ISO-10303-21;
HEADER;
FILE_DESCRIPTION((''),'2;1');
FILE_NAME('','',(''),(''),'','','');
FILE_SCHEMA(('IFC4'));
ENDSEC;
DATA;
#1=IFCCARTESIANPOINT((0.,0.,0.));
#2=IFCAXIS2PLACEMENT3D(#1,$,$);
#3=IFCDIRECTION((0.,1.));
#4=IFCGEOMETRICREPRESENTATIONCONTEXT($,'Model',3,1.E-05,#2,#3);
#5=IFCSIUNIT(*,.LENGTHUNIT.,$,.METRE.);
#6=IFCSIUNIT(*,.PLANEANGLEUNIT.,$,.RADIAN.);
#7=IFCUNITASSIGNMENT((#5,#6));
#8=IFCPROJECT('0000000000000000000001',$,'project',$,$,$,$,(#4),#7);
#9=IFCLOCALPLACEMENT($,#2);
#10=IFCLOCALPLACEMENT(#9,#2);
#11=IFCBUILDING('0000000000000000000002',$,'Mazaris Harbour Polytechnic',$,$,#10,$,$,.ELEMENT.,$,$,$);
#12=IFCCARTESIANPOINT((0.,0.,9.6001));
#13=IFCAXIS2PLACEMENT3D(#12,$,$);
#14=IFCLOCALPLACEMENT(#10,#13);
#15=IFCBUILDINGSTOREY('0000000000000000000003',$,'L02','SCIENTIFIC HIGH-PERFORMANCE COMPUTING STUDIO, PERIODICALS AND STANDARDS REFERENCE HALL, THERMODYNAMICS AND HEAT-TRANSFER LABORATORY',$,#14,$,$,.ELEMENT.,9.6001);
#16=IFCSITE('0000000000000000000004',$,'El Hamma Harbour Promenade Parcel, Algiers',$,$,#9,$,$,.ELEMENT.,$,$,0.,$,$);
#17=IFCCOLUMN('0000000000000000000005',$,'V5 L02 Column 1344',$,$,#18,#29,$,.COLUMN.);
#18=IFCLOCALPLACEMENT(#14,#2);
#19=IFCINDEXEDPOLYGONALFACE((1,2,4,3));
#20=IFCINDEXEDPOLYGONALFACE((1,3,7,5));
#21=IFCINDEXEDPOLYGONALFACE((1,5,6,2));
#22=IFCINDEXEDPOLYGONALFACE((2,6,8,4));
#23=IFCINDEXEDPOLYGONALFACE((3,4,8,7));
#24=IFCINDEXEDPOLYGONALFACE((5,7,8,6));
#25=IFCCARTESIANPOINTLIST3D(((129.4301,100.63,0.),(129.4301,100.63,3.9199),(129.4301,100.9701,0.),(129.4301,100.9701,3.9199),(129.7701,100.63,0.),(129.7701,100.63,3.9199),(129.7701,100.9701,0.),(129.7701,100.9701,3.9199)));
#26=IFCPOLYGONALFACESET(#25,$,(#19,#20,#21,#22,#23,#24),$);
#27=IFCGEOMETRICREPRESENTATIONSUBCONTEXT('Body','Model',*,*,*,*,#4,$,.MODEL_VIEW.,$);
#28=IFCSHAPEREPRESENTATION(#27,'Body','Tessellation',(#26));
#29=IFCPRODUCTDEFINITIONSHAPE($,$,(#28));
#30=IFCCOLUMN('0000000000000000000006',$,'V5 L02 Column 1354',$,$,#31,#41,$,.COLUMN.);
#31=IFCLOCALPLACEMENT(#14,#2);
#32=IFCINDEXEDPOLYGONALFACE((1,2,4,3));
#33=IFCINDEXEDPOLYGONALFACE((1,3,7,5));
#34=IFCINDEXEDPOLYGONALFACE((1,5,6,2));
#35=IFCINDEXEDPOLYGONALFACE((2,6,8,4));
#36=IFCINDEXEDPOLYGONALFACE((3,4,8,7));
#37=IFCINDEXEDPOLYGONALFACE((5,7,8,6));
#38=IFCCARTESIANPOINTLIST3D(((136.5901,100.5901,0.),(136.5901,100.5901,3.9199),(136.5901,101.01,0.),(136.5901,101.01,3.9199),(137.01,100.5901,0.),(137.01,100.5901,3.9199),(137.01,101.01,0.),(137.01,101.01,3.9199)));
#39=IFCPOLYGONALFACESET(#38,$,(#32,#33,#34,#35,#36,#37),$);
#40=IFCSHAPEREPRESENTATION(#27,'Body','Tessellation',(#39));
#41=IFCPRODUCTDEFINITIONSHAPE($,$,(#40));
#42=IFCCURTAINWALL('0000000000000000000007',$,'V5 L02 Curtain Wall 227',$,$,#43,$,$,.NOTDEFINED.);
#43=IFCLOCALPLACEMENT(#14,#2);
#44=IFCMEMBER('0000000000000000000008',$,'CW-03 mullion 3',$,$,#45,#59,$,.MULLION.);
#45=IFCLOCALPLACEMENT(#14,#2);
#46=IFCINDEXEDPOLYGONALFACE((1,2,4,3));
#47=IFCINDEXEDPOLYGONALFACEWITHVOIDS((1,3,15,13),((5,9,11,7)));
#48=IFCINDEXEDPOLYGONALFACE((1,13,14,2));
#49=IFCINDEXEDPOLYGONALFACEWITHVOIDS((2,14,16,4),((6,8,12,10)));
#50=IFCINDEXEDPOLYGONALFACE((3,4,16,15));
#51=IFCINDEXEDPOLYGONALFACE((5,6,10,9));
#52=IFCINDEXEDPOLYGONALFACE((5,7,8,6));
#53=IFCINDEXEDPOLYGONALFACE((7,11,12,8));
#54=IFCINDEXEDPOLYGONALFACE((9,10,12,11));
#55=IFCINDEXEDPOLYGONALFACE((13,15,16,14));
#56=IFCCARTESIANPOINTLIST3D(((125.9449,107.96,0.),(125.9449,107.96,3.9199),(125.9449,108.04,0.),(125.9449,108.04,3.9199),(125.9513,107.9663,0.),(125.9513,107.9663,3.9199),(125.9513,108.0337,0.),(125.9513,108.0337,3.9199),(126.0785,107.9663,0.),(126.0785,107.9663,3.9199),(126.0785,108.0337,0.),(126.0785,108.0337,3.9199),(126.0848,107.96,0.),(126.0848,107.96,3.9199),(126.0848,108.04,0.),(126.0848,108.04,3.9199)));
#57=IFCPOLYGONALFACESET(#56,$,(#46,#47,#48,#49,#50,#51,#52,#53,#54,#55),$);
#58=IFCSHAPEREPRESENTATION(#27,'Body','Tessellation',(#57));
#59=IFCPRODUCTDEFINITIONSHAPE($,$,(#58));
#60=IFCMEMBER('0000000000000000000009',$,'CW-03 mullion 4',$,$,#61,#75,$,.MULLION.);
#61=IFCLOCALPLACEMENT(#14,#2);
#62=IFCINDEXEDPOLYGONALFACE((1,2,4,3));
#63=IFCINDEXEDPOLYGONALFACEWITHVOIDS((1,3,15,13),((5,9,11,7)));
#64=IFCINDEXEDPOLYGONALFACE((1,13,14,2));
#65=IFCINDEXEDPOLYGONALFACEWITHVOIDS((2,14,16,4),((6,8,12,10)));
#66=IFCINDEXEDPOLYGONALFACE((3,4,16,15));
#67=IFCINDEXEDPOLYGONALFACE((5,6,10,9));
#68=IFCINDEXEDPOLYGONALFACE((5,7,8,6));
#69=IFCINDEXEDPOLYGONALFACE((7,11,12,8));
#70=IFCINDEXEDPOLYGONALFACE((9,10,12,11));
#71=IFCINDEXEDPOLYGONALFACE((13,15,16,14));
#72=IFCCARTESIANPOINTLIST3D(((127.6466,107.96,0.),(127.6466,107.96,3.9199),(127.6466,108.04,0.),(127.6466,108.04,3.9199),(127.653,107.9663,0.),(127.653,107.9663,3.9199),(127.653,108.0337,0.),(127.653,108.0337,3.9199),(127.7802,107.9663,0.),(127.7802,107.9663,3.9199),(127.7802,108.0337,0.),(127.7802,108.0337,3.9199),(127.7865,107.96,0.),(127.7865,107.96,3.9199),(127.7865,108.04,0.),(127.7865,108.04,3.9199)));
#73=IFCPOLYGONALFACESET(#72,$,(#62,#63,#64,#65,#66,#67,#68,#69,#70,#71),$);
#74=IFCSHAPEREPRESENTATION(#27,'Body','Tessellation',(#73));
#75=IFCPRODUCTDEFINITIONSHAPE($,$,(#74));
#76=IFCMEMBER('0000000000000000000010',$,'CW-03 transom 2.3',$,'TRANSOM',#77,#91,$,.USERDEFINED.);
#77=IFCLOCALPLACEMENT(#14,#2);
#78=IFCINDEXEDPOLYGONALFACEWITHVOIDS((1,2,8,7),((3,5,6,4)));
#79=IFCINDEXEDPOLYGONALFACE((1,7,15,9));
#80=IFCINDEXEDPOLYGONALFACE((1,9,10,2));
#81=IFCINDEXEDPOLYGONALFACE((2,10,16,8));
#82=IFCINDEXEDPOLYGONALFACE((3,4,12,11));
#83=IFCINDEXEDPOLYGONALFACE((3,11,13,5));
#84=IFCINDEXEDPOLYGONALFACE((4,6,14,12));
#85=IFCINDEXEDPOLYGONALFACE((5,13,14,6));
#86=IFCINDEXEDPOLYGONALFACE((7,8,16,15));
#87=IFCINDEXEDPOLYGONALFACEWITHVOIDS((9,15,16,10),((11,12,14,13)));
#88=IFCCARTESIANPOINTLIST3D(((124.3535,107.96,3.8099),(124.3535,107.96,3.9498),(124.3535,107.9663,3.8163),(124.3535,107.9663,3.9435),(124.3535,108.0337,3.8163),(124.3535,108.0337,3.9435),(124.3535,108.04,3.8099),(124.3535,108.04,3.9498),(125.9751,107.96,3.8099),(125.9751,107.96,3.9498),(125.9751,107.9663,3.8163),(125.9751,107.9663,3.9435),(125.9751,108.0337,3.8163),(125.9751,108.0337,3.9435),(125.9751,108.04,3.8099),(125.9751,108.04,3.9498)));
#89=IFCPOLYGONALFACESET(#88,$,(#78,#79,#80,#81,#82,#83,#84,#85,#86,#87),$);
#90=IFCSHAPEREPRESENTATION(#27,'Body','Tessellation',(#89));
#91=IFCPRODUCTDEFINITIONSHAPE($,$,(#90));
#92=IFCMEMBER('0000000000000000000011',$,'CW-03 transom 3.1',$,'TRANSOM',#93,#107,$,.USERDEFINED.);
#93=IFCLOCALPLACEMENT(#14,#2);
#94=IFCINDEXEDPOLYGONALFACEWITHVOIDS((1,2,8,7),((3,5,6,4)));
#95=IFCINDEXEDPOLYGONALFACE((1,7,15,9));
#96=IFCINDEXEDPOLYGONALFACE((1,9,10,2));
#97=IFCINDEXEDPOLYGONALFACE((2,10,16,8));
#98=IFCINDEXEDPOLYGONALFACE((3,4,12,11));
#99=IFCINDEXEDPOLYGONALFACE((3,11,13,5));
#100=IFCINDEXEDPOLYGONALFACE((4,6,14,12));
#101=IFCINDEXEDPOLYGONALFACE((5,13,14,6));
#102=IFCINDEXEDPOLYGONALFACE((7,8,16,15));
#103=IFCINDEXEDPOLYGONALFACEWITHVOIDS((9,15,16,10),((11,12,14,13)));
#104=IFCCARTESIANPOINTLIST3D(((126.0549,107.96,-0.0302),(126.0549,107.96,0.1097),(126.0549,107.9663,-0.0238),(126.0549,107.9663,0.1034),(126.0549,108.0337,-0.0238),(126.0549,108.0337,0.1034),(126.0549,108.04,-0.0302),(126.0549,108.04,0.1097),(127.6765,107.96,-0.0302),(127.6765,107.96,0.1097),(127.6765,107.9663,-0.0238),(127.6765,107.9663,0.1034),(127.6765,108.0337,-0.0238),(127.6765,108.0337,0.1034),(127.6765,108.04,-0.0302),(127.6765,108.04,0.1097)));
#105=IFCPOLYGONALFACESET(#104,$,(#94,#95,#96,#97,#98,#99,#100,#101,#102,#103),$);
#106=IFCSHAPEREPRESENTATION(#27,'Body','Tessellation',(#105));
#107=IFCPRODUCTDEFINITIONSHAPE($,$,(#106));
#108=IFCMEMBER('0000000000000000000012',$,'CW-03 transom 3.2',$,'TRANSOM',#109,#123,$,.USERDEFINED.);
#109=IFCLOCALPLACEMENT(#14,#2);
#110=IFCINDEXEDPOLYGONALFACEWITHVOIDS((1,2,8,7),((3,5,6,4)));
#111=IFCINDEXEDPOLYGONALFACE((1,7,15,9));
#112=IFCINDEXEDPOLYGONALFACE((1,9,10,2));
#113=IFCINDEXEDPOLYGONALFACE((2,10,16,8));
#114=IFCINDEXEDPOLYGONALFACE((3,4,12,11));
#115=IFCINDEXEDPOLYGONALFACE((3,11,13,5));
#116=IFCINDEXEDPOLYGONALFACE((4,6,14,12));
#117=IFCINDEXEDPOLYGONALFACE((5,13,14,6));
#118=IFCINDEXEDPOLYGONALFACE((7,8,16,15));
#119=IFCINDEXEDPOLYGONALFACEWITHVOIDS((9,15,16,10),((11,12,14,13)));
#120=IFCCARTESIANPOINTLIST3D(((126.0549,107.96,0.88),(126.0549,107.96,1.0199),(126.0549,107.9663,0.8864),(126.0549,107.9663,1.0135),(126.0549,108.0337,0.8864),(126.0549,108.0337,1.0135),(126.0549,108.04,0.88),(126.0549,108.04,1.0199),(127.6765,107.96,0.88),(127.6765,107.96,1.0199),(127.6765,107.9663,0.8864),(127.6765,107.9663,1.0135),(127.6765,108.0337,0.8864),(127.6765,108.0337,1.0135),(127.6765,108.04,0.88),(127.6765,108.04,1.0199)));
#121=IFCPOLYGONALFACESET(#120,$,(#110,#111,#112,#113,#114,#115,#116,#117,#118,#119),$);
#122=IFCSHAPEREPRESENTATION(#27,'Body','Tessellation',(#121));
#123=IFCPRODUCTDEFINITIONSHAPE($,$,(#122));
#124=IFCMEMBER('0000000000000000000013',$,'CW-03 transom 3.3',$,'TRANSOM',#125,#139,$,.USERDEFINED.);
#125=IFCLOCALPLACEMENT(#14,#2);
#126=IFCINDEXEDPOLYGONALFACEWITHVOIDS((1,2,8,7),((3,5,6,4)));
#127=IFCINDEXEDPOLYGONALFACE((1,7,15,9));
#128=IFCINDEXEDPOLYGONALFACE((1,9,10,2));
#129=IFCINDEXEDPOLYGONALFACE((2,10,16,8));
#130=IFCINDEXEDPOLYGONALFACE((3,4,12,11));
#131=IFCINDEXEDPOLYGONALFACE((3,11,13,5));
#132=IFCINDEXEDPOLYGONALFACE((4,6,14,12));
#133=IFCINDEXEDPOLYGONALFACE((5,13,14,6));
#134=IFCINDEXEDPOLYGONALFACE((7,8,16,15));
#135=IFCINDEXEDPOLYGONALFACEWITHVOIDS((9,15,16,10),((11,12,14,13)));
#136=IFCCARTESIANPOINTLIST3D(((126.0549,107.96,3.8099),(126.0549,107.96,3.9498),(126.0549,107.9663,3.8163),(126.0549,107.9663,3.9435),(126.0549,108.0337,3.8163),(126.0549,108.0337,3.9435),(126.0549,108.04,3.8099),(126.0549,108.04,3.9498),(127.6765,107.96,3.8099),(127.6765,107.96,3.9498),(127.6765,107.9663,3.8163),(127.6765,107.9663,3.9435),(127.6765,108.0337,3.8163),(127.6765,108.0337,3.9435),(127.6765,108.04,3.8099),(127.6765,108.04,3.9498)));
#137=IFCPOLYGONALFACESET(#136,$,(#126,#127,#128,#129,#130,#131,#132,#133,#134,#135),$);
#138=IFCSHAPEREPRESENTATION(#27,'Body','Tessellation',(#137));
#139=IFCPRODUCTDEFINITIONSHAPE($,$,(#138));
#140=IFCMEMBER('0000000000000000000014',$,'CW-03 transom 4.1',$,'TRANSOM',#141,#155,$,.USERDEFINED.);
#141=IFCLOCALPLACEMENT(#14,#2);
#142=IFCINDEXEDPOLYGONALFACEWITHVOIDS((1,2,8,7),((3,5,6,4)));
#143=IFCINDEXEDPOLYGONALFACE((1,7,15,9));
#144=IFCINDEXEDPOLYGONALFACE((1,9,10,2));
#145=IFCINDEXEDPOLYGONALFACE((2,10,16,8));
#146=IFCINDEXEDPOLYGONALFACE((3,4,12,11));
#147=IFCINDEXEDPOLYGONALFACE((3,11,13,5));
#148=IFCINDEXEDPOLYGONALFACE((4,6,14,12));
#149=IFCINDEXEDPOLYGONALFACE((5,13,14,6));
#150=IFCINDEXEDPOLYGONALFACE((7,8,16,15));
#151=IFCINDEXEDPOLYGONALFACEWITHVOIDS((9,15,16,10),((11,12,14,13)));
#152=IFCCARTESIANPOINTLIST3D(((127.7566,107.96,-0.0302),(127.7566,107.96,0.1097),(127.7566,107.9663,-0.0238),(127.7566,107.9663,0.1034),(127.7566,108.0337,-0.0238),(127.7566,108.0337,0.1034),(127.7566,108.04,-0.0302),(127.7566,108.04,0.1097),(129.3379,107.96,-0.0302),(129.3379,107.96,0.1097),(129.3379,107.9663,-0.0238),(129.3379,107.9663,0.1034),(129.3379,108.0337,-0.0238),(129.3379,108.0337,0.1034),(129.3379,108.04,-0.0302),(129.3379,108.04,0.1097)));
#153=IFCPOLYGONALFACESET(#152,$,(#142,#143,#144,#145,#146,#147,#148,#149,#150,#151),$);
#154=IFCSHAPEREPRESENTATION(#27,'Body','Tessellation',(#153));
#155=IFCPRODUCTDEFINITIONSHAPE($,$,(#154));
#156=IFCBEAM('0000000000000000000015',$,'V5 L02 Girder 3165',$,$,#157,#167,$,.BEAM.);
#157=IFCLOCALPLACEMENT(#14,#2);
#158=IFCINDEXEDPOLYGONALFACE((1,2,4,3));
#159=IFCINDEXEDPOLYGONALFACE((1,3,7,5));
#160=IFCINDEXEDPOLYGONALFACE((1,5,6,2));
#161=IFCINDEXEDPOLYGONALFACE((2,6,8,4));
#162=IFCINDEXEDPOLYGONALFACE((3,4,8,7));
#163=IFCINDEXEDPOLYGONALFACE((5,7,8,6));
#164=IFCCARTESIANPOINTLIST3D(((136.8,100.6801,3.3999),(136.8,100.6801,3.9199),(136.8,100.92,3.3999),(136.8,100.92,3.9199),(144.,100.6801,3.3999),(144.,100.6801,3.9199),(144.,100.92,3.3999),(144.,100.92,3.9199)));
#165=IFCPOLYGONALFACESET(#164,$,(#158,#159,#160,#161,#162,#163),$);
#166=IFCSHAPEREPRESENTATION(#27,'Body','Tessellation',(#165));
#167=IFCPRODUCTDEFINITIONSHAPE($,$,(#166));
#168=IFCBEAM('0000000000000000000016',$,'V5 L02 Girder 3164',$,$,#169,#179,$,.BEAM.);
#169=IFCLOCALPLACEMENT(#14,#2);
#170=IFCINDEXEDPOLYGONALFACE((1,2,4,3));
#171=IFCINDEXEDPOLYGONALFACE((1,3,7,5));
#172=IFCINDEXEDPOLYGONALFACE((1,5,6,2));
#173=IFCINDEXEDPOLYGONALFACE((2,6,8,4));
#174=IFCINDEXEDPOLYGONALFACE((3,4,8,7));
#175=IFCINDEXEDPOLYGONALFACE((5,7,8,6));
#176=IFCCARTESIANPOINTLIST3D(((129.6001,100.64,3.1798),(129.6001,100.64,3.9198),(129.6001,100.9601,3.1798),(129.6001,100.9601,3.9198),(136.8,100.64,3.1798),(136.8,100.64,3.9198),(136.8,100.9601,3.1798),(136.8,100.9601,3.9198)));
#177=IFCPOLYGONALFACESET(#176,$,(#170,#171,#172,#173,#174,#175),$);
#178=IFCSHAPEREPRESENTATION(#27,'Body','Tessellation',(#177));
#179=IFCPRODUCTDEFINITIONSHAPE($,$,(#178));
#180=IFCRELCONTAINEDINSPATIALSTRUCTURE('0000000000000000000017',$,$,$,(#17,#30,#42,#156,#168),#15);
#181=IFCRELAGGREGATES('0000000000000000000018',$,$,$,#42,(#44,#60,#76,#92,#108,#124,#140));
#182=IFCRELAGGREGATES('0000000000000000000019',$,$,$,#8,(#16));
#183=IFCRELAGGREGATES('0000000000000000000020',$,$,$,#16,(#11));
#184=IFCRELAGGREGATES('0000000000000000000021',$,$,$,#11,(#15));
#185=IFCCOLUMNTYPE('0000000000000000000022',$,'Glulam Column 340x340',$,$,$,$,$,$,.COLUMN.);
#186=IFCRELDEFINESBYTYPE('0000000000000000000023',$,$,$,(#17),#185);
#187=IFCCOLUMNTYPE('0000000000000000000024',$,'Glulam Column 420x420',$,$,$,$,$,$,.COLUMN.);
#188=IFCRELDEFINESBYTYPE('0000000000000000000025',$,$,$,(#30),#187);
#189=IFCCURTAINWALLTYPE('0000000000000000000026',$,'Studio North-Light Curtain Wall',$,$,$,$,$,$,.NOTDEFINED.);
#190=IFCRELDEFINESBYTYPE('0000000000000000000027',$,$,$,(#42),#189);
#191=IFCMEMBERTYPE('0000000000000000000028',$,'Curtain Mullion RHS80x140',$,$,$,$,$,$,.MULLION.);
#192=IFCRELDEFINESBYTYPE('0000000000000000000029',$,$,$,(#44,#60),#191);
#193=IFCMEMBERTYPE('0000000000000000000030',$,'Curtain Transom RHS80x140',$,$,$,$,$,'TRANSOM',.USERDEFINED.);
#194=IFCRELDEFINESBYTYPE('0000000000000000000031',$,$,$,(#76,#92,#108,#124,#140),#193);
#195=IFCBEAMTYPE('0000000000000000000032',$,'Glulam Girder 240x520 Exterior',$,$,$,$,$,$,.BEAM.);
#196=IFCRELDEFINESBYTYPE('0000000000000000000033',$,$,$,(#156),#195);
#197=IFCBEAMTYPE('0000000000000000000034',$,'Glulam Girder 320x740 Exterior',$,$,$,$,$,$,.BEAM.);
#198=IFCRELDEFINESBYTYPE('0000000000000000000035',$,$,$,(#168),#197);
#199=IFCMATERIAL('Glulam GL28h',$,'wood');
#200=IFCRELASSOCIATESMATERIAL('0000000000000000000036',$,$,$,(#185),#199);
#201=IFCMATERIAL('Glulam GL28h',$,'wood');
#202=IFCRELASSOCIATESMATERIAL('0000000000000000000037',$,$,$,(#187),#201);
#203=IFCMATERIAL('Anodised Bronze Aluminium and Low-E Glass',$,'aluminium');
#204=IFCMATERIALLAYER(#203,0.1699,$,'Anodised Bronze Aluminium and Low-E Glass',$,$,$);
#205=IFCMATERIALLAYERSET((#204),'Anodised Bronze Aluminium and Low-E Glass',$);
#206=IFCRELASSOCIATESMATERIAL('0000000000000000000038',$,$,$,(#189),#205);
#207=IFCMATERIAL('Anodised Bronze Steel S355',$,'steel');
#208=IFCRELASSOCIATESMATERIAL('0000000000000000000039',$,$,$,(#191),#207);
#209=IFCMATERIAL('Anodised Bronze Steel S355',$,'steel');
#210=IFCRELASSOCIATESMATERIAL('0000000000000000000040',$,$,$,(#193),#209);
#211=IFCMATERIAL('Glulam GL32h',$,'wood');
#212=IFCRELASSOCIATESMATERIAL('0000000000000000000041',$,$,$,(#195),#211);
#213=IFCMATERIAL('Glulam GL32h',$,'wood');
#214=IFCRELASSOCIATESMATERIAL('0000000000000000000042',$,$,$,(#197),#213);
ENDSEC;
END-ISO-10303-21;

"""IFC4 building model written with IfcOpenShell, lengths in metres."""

from ifc_helpers import new_model, si_unit, direction, frame, origin, origin_2d, place, context, subcontext, project, spatial, rectangle, hollow_rectangle, extrude, material, layer, layer_set, material_profile, profile_set, type_object, element, aggregate, save


model = new_model("IFC4")

# Units and contexts
model_context = context("Model", 3, precision=1e-05, world=origin(), true_north=direction((0.0, 1.0)))
body_context = subcontext(model_context, "Body", "Model", "MODEL_VIEW")
ifc_project = project(units=[si_unit("LENGTHUNIT", "METRE"), si_unit("PLANEANGLEUNIT", "RADIAN")], contexts=[model_context])

# Site, building, storey
site_placement = place(None, origin())
site = spatial("IfcSite", under=ifc_project, at=site_placement, Name="El Hamma Harbour Promenade Parcel, Algiers", CompositionType="ELEMENT", RefElevation=0.0)
building_placement = place(site_placement, origin())
building = spatial("IfcBuilding", under=site, at=building_placement, Name="Mazaris Harbour Polytechnic", CompositionType="ELEMENT")
storey_placement = place(building_placement, frame((0.0, 0.0, 9.6001)))
storey = spatial("IfcBuildingStorey", under=building, at=storey_placement, Name="L02", Description="SCIENTIFIC HIGH-PERFORMANCE COMPUTING STUDIO, PERIODICALS AND STANDARDS REFERENCE HALL, THERMODYNAMICS AND HEAT-TRANSFER LABORATORY", CompositionType="ELEMENT", Elevation=9.6001)

# Columns
ifc_material_1 = material(Name="Glulam GL28h", Category="wood")
ifc_material_profile_1 = material_profile(ifc_material_1, rectangle(XDim=0.3401, YDim=0.3401, at=origin_2d()), Name="RECT340x340")
ifc_profile_set_1 = profile_set([ifc_material_profile_1], Name="Glulam GL28h")
column_type_1 = type_object("IfcColumnType", Name="Glulam Column 340x340", PredefinedType="COLUMN", material=ifc_profile_set_1)
column_1_placement = place(storey_placement, frame((129.6001, 100.8, 0.0), z_axis=(0.0, 0.0, 1.0), x_axis=(1.0, 0.0, 0.0)))
element("IfcColumn", 1, at=column_1_placement, inside=storey, type_object=column_type_1, Name="V5 L02 Column 1344", PredefinedType="COLUMN", context=body_context, shape_type="SweptSolid", body=[
    extrude(rectangle(XDim=0.3401, YDim=0.3401, at=origin_2d()), origin(), (0.0, 0.0, 1.0), 3.9199),
])
ifc_material_2 = material(Name="Glulam GL28h", Category="wood")
ifc_material_profile_2 = material_profile(ifc_material_2, rectangle(XDim=0.4199, YDim=0.4199, at=origin_2d()), Name="RECT420x420")
ifc_profile_set_2 = profile_set([ifc_material_profile_2], Name="Glulam GL28h")
column_type_2 = type_object("IfcColumnType", Name="Glulam Column 420x420", PredefinedType="COLUMN", material=ifc_profile_set_2)
column_2_placement = place(storey_placement, frame((136.8, 100.8, 0.0), z_axis=(0.0, 0.0, 1.0), x_axis=(1.0, 0.0, 0.0)))
element("IfcColumn", 2, at=column_2_placement, inside=storey, type_object=column_type_2, Name="V5 L02 Column 1354", PredefinedType="COLUMN", context=body_context, shape_type="SweptSolid", body=[
    extrude(rectangle(XDim=0.4199, YDim=0.4199, at=origin_2d()), origin(), (0.0, 0.0, 1.0), 3.9199),
])

# Curtain wall, members
ifc_material_3 = material(Name="Anodised Bronze Aluminium and Low-E Glass", Category="aluminium")
ifc_layer_1 = layer(ifc_material_3, 0.1699, Name="Anodised Bronze Aluminium and Low-E Glass")
ifc_layer_set_1 = layer_set([ifc_layer_1], Name="Anodised Bronze Aluminium and Low-E Glass")
curtain_wall_type = type_object("IfcCurtainWallType", Name="Studio North-Light Curtain Wall", PredefinedType="NOTDEFINED", material=ifc_layer_set_1)
curtain_wall_placement = place(storey_placement, origin())
curtain_wall = element("IfcCurtainWall", 3, at=curtain_wall_placement, inside=storey, type_object=curtain_wall_type, Name="V5 L02 Curtain Wall 227", PredefinedType="NOTDEFINED")
ifc_material_4 = material(Name="Anodised Bronze Steel S355", Category="steel")
ifc_material_profile_3 = material_profile(ifc_material_4, hollow_rectangle(XDim=0.0801, YDim=0.1399, WallThickness=0.0063, at=origin_2d()), Name="RHS 80x140x6.3")
ifc_profile_set_3 = profile_set([ifc_material_profile_3], Name="Anodised Bronze Steel S355")
member_type_1 = type_object("IfcMemberType", Name="Curtain Mullion RHS80x140", PredefinedType="MULLION", material=ifc_profile_set_3)
member_1_placement = place(storey_placement, frame((126.0149, 108.0, 0.0), z_axis=(0.0, 0.0, 1.0), x_axis=(0.0, 1.0, 0.0)))
member_1 = element("IfcMember", 4, at=member_1_placement, type_object=member_type_1, Name="CW-03 mullion 3", PredefinedType="MULLION", context=body_context, shape_type="SweptSolid", body=[
    extrude(hollow_rectangle(XDim=0.0801, YDim=0.1399, WallThickness=0.0063, at=origin_2d()), origin(), (0.0, 0.0, 1.0), 3.9199),
])
member_2_placement = place(storey_placement, frame((127.7166, 108.0, 0.0), z_axis=(0.0, 0.0, 1.0), x_axis=(0.0, 1.0, 0.0)))
member_2 = element("IfcMember", 5, at=member_2_placement, type_object=member_type_1, Name="CW-03 mullion 4", PredefinedType="MULLION", context=body_context, shape_type="SweptSolid", body=[
    extrude(hollow_rectangle(XDim=0.0801, YDim=0.1399, WallThickness=0.0063, at=origin_2d()), origin(), (0.0, 0.0, 1.0), 3.9199),
])
ifc_material_5 = material(Name="Anodised Bronze Steel S355", Category="steel")
ifc_material_profile_4 = material_profile(ifc_material_5, hollow_rectangle(XDim=0.0801, YDim=0.1399, WallThickness=0.0063, at=origin_2d()), Name="RHS 80x140x6.3")
ifc_profile_set_4 = profile_set([ifc_material_profile_4], Name="Anodised Bronze Steel S355")
member_type_2 = type_object("IfcMemberType", Name="Curtain Transom RHS80x140", ElementType="TRANSOM", PredefinedType="USERDEFINED", material=ifc_profile_set_4)
member_3_placement = place(storey_placement, frame((124.3535, 108.0, 3.8799), z_axis=(1.0, 0.0, 0.0), x_axis=(0.0, 1.0, 0.0)))
member_3 = element("IfcMember", 6, at=member_3_placement, type_object=member_type_2, Name="CW-03 transom 2.3", ObjectType="TRANSOM", PredefinedType="USERDEFINED", context=body_context, shape_type="SweptSolid", body=[
    extrude(hollow_rectangle(XDim=0.0801, YDim=0.1399, WallThickness=0.0063, at=origin_2d()), origin(), (0.0, 0.0, 1.0), 1.6216),
])
member_4_placement = place(storey_placement, frame((126.0549, 108.0, 0.0398), z_axis=(1.0, 0.0, 0.0), x_axis=(0.0, 1.0, 0.0)))
member_4 = element("IfcMember", 7, at=member_4_placement, type_object=member_type_2, Name="CW-03 transom 3.1", ObjectType="TRANSOM", PredefinedType="USERDEFINED", context=body_context, shape_type="SweptSolid", body=[
    extrude(hollow_rectangle(XDim=0.0801, YDim=0.1399, WallThickness=0.0063, at=origin_2d()), origin(), (0.0, 0.0, 1.0), 1.6216),
])
member_5_placement = place(storey_placement, frame((126.0549, 108.0, 0.95), z_axis=(1.0, 0.0, 0.0), x_axis=(0.0, 1.0, 0.0)))
member_5 = element("IfcMember", 8, at=member_5_placement, type_object=member_type_2, Name="CW-03 transom 3.2", ObjectType="TRANSOM", PredefinedType="USERDEFINED", context=body_context, shape_type="SweptSolid", body=[
    extrude(hollow_rectangle(XDim=0.0801, YDim=0.1399, WallThickness=0.0063, at=origin_2d()), origin(), (0.0, 0.0, 1.0), 1.6216),
])
member_6_placement = place(storey_placement, frame((126.0549, 108.0, 3.8799), z_axis=(1.0, 0.0, 0.0), x_axis=(0.0, 1.0, 0.0)))
member_6 = element("IfcMember", 9, at=member_6_placement, type_object=member_type_2, Name="CW-03 transom 3.3", ObjectType="TRANSOM", PredefinedType="USERDEFINED", context=body_context, shape_type="SweptSolid", body=[
    extrude(hollow_rectangle(XDim=0.0801, YDim=0.1399, WallThickness=0.0063, at=origin_2d()), origin(), (0.0, 0.0, 1.0), 1.6216),
])
member_7_placement = place(storey_placement, frame((127.7566, 108.0, 0.0398), z_axis=(1.0, 0.0, 0.0), x_axis=(0.0, 1.0, 0.0)))
member_7 = element("IfcMember", 10, at=member_7_placement, type_object=member_type_2, Name="CW-03 transom 4.1", ObjectType="TRANSOM", PredefinedType="USERDEFINED", context=body_context, shape_type="SweptSolid", body=[
    extrude(hollow_rectangle(XDim=0.0801, YDim=0.1399, WallThickness=0.0063, at=origin_2d()), origin(), (0.0, 0.0, 1.0), 1.5813),
])

# Beams
ifc_material_6 = material(Name="Glulam GL32h", Category="wood")
ifc_material_profile_5 = material_profile(ifc_material_6, rectangle(XDim=0.24, YDim=0.52, at=origin_2d()), Name="RECT240x520")
ifc_profile_set_5 = profile_set([ifc_material_profile_5], Name="Glulam GL32h")
beam_type_1 = type_object("IfcBeamType", Name="Glulam Girder 240x520 Exterior", PredefinedType="BEAM", material=ifc_profile_set_5)
beam_1_placement = place(storey_placement, frame((136.8, 100.8, 3.6599), z_axis=(1.0, 0.0, 0.0), x_axis=(0.0, 1.0, 0.0)))
element("IfcBeam", 11, at=beam_1_placement, inside=storey, type_object=beam_type_1, Name="V5 L02 Girder 3165", PredefinedType="BEAM", context=body_context, shape_type="SweptSolid", body=[
    extrude(rectangle(XDim=0.24, YDim=0.52, at=origin_2d()), origin(), (0.0, 0.0, 1.0), 7.2),
])
ifc_material_7 = material(Name="Glulam GL32h", Category="wood")
ifc_material_profile_6 = material_profile(ifc_material_7, rectangle(XDim=0.3201, YDim=0.74, at=origin_2d()), Name="RECT320x740")
ifc_profile_set_6 = profile_set([ifc_material_profile_6], Name="Glulam GL32h")
beam_type_2 = type_object("IfcBeamType", Name="Glulam Girder 320x740 Exterior", PredefinedType="BEAM", material=ifc_profile_set_6)
beam_2_placement = place(storey_placement, frame((129.6001, 100.8, 3.5498), z_axis=(1.0, 0.0, 0.0), x_axis=(0.0, 1.0, 0.0)))
element("IfcBeam", 12, at=beam_2_placement, inside=storey, type_object=beam_type_2, Name="V5 L02 Girder 3164", PredefinedType="BEAM", context=body_context, shape_type="SweptSolid", body=[
    extrude(rectangle(XDim=0.3201, YDim=0.74, at=origin_2d()), origin(), (0.0, 0.0, 1.0), 7.2),
])

aggregate(curtain_wall, [member_1, member_2, member_3, member_4, member_5, member_6, member_7])

save(model, "model.ifc")
